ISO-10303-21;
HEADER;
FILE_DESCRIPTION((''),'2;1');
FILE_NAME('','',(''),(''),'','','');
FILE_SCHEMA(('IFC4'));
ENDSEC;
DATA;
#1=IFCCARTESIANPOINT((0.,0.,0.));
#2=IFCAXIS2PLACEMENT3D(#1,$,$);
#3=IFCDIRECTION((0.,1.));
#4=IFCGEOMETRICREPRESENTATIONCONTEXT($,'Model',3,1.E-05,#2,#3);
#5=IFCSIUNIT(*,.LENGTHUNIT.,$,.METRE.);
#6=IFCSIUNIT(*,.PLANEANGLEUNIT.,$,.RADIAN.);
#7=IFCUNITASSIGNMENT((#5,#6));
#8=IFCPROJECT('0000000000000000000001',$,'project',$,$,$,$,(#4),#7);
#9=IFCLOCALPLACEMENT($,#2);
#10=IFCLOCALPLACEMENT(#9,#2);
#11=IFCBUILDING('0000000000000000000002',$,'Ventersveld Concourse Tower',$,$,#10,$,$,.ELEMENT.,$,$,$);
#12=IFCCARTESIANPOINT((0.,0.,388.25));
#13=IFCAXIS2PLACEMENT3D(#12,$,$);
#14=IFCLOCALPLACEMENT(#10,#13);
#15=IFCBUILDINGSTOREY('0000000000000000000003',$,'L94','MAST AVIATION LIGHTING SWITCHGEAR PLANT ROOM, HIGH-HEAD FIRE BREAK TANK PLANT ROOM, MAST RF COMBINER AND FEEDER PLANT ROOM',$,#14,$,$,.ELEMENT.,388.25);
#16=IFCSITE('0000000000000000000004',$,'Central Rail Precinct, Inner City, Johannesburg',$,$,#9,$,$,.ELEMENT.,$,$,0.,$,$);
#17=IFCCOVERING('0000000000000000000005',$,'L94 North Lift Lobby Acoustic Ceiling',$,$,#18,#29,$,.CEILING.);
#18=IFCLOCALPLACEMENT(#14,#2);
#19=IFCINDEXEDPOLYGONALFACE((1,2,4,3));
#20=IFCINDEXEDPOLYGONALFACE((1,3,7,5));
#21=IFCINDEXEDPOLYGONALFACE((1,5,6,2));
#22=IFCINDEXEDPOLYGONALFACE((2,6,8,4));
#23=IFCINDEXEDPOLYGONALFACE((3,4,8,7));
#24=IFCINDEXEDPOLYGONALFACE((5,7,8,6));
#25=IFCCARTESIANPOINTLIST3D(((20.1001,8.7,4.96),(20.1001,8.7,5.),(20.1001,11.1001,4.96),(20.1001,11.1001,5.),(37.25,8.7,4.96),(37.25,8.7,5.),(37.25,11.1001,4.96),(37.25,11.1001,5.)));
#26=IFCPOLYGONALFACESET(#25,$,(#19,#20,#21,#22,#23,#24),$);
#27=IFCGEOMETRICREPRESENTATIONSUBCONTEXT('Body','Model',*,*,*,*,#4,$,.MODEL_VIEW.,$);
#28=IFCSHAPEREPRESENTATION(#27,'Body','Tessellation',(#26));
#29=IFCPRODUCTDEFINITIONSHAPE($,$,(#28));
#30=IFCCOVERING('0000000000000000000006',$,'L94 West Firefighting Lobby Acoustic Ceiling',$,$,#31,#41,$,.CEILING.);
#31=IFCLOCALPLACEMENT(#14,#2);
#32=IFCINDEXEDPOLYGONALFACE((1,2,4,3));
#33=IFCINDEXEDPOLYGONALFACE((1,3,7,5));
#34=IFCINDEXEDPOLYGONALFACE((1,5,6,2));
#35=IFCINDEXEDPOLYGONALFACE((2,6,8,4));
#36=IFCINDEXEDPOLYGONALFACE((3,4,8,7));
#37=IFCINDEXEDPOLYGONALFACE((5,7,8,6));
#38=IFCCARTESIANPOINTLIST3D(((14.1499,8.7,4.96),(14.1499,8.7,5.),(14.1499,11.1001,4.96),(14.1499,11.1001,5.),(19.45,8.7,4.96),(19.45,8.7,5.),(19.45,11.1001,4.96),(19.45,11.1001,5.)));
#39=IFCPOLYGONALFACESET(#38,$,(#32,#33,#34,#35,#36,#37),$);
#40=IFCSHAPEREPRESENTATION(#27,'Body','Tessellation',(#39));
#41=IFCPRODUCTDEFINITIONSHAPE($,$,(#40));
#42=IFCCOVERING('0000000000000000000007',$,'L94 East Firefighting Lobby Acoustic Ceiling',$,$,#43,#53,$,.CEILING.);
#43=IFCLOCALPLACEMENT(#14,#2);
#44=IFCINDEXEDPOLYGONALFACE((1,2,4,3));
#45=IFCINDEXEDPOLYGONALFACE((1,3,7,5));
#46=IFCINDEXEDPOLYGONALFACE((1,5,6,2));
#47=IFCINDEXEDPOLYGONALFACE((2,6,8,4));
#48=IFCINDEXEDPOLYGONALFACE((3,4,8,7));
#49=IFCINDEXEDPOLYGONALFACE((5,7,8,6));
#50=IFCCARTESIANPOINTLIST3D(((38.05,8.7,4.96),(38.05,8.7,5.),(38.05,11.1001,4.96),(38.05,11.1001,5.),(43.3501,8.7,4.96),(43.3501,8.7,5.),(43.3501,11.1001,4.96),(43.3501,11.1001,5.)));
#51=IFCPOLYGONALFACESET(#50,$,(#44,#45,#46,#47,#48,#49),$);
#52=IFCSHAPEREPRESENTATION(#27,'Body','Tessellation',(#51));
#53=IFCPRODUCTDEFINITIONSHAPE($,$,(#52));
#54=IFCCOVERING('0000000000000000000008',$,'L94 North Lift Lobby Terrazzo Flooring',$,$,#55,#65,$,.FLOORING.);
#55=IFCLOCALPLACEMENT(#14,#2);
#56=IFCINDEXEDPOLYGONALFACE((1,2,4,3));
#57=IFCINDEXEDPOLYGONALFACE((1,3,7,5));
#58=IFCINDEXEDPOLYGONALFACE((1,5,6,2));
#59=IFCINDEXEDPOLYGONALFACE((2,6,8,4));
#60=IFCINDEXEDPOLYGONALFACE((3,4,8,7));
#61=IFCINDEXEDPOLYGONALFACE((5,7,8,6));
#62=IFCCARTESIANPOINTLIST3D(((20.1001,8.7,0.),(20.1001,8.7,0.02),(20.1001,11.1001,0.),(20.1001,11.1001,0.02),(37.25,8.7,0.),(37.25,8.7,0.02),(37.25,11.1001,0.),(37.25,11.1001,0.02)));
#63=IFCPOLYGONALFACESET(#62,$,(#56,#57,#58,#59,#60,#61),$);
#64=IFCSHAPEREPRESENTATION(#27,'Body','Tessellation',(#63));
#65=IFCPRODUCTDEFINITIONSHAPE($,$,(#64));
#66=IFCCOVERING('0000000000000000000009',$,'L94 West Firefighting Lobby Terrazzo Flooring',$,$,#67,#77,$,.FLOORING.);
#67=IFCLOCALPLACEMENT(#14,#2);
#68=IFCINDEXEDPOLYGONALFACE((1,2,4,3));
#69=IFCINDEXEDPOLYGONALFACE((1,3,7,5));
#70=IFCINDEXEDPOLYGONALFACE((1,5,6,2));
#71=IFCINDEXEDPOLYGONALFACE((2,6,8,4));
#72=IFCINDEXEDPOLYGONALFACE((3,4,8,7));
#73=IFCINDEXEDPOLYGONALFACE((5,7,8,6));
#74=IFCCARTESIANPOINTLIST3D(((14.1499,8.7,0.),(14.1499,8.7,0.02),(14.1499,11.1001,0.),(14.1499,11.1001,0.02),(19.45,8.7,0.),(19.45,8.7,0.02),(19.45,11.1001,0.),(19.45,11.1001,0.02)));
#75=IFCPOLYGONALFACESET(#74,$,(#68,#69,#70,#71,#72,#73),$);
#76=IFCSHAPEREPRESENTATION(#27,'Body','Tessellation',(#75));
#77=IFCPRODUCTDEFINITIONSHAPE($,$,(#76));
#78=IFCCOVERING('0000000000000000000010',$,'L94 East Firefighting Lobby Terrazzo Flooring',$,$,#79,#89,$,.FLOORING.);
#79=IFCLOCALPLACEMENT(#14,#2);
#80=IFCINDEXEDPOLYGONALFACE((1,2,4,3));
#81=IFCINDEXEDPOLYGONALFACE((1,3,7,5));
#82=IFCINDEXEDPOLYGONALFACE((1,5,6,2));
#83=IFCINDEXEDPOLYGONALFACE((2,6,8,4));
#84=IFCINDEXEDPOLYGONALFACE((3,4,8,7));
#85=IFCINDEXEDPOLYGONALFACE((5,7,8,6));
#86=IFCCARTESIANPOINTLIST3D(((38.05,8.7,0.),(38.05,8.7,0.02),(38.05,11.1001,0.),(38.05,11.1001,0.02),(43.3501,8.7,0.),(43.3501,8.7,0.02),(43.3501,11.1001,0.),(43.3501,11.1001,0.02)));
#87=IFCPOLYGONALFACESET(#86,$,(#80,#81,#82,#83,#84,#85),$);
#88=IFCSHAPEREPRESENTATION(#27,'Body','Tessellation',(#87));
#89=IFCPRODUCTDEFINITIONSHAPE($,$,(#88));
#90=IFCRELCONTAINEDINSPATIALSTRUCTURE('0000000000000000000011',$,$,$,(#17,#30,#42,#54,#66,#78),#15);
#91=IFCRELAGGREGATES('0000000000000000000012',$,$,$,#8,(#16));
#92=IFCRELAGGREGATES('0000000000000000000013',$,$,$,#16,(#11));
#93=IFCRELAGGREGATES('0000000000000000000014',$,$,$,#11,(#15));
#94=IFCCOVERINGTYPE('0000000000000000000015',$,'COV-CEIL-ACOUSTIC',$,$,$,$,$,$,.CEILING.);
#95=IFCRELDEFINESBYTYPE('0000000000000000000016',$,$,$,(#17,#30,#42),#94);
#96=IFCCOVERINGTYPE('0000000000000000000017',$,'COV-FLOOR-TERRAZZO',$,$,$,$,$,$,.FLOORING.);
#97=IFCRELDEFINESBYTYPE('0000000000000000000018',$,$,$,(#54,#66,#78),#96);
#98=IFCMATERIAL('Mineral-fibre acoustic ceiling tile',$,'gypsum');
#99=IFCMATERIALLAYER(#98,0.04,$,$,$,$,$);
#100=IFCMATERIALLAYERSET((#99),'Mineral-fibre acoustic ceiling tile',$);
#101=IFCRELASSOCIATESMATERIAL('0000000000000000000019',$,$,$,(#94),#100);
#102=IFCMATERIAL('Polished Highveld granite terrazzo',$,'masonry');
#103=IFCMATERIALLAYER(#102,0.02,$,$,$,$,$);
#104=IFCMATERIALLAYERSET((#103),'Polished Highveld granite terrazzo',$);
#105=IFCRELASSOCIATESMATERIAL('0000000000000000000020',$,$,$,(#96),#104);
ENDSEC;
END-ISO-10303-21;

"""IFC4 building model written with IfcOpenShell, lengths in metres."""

from ifc_helpers import new_model, si_unit, direction, frame, origin, place, context, subcontext, project, spatial, polyline, outline, extrude, material, layer, layer_set, type_object, element, save


model = new_model("IFC4")

# Units and contexts
model_context = context("Model", 3, precision=1e-05, world=origin(), true_north=direction((0.0, 1.0)))
body_context = subcontext(model_context, "Body", "Model", "MODEL_VIEW")
ifc_project = project(units=[si_unit("LENGTHUNIT", "METRE"), si_unit("PLANEANGLEUNIT", "RADIAN")], contexts=[model_context])

# Site, building, storey
site_placement = place(None, origin())
site = spatial("IfcSite", under=ifc_project, at=site_placement, Name="Central Rail Precinct, Inner City, Johannesburg", CompositionType="ELEMENT", RefElevation=0.0)
building_placement = place(site_placement, origin())
building = spatial("IfcBuilding", under=site, at=building_placement, Name="Ventersveld Concourse Tower", CompositionType="ELEMENT")
storey_placement = place(building_placement, frame((0.0, 0.0, 388.25)))
storey = spatial("IfcBuildingStorey", under=building, at=storey_placement, Name="L94", Description="MAST AVIATION LIGHTING SWITCHGEAR PLANT ROOM, HIGH-HEAD FIRE BREAK TANK PLANT ROOM, MAST RF COMBINER AND FEEDER PLANT ROOM", CompositionType="ELEMENT", Elevation=388.25)

# Coverings
ifc_material_1 = material(Name="Mineral-fibre acoustic ceiling tile", Category="gypsum")
ifc_layer_1 = layer(ifc_material_1, 0.04)
ifc_layer_set_1 = layer_set([ifc_layer_1], Name="Mineral-fibre acoustic ceiling tile")
covering_type_1 = type_object("IfcCoveringType", Name="COV-CEIL-ACOUSTIC", PredefinedType="CEILING", material=ifc_layer_set_1)
covering_1_placement = place(storey_placement, frame((0.0, 0.0, 4.96)))
element("IfcCovering", 1, at=covering_1_placement, inside=storey, type_object=covering_type_1, Name="L94 North Lift Lobby Acoustic Ceiling", PredefinedType="CEILING", context=body_context, shape_type="SweptSolid", body=[
    extrude(outline(polyline([(20.1001, 8.7), (37.25, 8.7), (37.25, 11.1001), (20.1001, 11.1001), (20.1001, 8.7)])), origin(), (0.0, 0.0, 1.0), 0.04),
])
covering_2_placement = place(storey_placement, frame((0.0, 0.0, 4.96)))
element("IfcCovering", 2, at=covering_2_placement, inside=storey, type_object=covering_type_1, Name="L94 West Firefighting Lobby Acoustic Ceiling", PredefinedType="CEILING", context=body_context, shape_type="SweptSolid", body=[
    extrude(outline(polyline([(14.1499, 8.7), (19.45, 8.7), (19.45, 11.1001), (14.1499, 11.1001), (14.1499, 8.7)])), origin(), (0.0, 0.0, 1.0), 0.04),
])
covering_3_placement = place(storey_placement, frame((0.0, 0.0, 4.96)))
element("IfcCovering", 3, at=covering_3_placement, inside=storey, type_object=covering_type_1, Name="L94 East Firefighting Lobby Acoustic Ceiling", PredefinedType="CEILING", context=body_context, shape_type="SweptSolid", body=[
    extrude(outline(polyline([(38.05, 8.7), (43.3501, 8.7), (43.3501, 11.1001), (38.05, 11.1001), (38.05, 8.7)])), origin(), (0.0, 0.0, 1.0), 0.04),
])
ifc_material_2 = material(Name="Polished Highveld granite terrazzo", Category="masonry")
ifc_layer_2 = layer(ifc_material_2, 0.02)
ifc_layer_set_2 = layer_set([ifc_layer_2], Name="Polished Highveld granite terrazzo")
covering_type_2 = type_object("IfcCoveringType", Name="COV-FLOOR-TERRAZZO", PredefinedType="FLOORING", material=ifc_layer_set_2)
covering_4_placement = place(storey_placement, origin())
element("IfcCovering", 4, at=covering_4_placement, inside=storey, type_object=covering_type_2, Name="L94 North Lift Lobby Terrazzo Flooring", PredefinedType="FLOORING", context=body_context, shape_type="SweptSolid", body=[
    extrude(outline(polyline([(20.1001, 8.7), (37.25, 8.7), (37.25, 11.1001), (20.1001, 11.1001), (20.1001, 8.7)])), origin(), (0.0, 0.0, 1.0), 0.02),
])
covering_5_placement = place(storey_placement, origin())
element("IfcCovering", 5, at=covering_5_placement, inside=storey, type_object=covering_type_2, Name="L94 West Firefighting Lobby Terrazzo Flooring", PredefinedType="FLOORING", context=body_context, shape_type="SweptSolid", body=[
    extrude(outline(polyline([(14.1499, 8.7), (19.45, 8.7), (19.45, 11.1001), (14.1499, 11.1001), (14.1499, 8.7)])), origin(), (0.0, 0.0, 1.0), 0.02),
])
covering_6_placement = place(storey_placement, origin())
element("IfcCovering", 6, at=covering_6_placement, inside=storey, type_object=covering_type_2, Name="L94 East Firefighting Lobby Terrazzo Flooring", PredefinedType="FLOORING", context=body_context, shape_type="SweptSolid", body=[
    extrude(outline(polyline([(38.05, 8.7), (43.3501, 8.7), (43.3501, 11.1001), (38.05, 11.1001), (38.05, 8.7)])), origin(), (0.0, 0.0, 1.0), 0.02),
])

save(model, "model.ifc")
